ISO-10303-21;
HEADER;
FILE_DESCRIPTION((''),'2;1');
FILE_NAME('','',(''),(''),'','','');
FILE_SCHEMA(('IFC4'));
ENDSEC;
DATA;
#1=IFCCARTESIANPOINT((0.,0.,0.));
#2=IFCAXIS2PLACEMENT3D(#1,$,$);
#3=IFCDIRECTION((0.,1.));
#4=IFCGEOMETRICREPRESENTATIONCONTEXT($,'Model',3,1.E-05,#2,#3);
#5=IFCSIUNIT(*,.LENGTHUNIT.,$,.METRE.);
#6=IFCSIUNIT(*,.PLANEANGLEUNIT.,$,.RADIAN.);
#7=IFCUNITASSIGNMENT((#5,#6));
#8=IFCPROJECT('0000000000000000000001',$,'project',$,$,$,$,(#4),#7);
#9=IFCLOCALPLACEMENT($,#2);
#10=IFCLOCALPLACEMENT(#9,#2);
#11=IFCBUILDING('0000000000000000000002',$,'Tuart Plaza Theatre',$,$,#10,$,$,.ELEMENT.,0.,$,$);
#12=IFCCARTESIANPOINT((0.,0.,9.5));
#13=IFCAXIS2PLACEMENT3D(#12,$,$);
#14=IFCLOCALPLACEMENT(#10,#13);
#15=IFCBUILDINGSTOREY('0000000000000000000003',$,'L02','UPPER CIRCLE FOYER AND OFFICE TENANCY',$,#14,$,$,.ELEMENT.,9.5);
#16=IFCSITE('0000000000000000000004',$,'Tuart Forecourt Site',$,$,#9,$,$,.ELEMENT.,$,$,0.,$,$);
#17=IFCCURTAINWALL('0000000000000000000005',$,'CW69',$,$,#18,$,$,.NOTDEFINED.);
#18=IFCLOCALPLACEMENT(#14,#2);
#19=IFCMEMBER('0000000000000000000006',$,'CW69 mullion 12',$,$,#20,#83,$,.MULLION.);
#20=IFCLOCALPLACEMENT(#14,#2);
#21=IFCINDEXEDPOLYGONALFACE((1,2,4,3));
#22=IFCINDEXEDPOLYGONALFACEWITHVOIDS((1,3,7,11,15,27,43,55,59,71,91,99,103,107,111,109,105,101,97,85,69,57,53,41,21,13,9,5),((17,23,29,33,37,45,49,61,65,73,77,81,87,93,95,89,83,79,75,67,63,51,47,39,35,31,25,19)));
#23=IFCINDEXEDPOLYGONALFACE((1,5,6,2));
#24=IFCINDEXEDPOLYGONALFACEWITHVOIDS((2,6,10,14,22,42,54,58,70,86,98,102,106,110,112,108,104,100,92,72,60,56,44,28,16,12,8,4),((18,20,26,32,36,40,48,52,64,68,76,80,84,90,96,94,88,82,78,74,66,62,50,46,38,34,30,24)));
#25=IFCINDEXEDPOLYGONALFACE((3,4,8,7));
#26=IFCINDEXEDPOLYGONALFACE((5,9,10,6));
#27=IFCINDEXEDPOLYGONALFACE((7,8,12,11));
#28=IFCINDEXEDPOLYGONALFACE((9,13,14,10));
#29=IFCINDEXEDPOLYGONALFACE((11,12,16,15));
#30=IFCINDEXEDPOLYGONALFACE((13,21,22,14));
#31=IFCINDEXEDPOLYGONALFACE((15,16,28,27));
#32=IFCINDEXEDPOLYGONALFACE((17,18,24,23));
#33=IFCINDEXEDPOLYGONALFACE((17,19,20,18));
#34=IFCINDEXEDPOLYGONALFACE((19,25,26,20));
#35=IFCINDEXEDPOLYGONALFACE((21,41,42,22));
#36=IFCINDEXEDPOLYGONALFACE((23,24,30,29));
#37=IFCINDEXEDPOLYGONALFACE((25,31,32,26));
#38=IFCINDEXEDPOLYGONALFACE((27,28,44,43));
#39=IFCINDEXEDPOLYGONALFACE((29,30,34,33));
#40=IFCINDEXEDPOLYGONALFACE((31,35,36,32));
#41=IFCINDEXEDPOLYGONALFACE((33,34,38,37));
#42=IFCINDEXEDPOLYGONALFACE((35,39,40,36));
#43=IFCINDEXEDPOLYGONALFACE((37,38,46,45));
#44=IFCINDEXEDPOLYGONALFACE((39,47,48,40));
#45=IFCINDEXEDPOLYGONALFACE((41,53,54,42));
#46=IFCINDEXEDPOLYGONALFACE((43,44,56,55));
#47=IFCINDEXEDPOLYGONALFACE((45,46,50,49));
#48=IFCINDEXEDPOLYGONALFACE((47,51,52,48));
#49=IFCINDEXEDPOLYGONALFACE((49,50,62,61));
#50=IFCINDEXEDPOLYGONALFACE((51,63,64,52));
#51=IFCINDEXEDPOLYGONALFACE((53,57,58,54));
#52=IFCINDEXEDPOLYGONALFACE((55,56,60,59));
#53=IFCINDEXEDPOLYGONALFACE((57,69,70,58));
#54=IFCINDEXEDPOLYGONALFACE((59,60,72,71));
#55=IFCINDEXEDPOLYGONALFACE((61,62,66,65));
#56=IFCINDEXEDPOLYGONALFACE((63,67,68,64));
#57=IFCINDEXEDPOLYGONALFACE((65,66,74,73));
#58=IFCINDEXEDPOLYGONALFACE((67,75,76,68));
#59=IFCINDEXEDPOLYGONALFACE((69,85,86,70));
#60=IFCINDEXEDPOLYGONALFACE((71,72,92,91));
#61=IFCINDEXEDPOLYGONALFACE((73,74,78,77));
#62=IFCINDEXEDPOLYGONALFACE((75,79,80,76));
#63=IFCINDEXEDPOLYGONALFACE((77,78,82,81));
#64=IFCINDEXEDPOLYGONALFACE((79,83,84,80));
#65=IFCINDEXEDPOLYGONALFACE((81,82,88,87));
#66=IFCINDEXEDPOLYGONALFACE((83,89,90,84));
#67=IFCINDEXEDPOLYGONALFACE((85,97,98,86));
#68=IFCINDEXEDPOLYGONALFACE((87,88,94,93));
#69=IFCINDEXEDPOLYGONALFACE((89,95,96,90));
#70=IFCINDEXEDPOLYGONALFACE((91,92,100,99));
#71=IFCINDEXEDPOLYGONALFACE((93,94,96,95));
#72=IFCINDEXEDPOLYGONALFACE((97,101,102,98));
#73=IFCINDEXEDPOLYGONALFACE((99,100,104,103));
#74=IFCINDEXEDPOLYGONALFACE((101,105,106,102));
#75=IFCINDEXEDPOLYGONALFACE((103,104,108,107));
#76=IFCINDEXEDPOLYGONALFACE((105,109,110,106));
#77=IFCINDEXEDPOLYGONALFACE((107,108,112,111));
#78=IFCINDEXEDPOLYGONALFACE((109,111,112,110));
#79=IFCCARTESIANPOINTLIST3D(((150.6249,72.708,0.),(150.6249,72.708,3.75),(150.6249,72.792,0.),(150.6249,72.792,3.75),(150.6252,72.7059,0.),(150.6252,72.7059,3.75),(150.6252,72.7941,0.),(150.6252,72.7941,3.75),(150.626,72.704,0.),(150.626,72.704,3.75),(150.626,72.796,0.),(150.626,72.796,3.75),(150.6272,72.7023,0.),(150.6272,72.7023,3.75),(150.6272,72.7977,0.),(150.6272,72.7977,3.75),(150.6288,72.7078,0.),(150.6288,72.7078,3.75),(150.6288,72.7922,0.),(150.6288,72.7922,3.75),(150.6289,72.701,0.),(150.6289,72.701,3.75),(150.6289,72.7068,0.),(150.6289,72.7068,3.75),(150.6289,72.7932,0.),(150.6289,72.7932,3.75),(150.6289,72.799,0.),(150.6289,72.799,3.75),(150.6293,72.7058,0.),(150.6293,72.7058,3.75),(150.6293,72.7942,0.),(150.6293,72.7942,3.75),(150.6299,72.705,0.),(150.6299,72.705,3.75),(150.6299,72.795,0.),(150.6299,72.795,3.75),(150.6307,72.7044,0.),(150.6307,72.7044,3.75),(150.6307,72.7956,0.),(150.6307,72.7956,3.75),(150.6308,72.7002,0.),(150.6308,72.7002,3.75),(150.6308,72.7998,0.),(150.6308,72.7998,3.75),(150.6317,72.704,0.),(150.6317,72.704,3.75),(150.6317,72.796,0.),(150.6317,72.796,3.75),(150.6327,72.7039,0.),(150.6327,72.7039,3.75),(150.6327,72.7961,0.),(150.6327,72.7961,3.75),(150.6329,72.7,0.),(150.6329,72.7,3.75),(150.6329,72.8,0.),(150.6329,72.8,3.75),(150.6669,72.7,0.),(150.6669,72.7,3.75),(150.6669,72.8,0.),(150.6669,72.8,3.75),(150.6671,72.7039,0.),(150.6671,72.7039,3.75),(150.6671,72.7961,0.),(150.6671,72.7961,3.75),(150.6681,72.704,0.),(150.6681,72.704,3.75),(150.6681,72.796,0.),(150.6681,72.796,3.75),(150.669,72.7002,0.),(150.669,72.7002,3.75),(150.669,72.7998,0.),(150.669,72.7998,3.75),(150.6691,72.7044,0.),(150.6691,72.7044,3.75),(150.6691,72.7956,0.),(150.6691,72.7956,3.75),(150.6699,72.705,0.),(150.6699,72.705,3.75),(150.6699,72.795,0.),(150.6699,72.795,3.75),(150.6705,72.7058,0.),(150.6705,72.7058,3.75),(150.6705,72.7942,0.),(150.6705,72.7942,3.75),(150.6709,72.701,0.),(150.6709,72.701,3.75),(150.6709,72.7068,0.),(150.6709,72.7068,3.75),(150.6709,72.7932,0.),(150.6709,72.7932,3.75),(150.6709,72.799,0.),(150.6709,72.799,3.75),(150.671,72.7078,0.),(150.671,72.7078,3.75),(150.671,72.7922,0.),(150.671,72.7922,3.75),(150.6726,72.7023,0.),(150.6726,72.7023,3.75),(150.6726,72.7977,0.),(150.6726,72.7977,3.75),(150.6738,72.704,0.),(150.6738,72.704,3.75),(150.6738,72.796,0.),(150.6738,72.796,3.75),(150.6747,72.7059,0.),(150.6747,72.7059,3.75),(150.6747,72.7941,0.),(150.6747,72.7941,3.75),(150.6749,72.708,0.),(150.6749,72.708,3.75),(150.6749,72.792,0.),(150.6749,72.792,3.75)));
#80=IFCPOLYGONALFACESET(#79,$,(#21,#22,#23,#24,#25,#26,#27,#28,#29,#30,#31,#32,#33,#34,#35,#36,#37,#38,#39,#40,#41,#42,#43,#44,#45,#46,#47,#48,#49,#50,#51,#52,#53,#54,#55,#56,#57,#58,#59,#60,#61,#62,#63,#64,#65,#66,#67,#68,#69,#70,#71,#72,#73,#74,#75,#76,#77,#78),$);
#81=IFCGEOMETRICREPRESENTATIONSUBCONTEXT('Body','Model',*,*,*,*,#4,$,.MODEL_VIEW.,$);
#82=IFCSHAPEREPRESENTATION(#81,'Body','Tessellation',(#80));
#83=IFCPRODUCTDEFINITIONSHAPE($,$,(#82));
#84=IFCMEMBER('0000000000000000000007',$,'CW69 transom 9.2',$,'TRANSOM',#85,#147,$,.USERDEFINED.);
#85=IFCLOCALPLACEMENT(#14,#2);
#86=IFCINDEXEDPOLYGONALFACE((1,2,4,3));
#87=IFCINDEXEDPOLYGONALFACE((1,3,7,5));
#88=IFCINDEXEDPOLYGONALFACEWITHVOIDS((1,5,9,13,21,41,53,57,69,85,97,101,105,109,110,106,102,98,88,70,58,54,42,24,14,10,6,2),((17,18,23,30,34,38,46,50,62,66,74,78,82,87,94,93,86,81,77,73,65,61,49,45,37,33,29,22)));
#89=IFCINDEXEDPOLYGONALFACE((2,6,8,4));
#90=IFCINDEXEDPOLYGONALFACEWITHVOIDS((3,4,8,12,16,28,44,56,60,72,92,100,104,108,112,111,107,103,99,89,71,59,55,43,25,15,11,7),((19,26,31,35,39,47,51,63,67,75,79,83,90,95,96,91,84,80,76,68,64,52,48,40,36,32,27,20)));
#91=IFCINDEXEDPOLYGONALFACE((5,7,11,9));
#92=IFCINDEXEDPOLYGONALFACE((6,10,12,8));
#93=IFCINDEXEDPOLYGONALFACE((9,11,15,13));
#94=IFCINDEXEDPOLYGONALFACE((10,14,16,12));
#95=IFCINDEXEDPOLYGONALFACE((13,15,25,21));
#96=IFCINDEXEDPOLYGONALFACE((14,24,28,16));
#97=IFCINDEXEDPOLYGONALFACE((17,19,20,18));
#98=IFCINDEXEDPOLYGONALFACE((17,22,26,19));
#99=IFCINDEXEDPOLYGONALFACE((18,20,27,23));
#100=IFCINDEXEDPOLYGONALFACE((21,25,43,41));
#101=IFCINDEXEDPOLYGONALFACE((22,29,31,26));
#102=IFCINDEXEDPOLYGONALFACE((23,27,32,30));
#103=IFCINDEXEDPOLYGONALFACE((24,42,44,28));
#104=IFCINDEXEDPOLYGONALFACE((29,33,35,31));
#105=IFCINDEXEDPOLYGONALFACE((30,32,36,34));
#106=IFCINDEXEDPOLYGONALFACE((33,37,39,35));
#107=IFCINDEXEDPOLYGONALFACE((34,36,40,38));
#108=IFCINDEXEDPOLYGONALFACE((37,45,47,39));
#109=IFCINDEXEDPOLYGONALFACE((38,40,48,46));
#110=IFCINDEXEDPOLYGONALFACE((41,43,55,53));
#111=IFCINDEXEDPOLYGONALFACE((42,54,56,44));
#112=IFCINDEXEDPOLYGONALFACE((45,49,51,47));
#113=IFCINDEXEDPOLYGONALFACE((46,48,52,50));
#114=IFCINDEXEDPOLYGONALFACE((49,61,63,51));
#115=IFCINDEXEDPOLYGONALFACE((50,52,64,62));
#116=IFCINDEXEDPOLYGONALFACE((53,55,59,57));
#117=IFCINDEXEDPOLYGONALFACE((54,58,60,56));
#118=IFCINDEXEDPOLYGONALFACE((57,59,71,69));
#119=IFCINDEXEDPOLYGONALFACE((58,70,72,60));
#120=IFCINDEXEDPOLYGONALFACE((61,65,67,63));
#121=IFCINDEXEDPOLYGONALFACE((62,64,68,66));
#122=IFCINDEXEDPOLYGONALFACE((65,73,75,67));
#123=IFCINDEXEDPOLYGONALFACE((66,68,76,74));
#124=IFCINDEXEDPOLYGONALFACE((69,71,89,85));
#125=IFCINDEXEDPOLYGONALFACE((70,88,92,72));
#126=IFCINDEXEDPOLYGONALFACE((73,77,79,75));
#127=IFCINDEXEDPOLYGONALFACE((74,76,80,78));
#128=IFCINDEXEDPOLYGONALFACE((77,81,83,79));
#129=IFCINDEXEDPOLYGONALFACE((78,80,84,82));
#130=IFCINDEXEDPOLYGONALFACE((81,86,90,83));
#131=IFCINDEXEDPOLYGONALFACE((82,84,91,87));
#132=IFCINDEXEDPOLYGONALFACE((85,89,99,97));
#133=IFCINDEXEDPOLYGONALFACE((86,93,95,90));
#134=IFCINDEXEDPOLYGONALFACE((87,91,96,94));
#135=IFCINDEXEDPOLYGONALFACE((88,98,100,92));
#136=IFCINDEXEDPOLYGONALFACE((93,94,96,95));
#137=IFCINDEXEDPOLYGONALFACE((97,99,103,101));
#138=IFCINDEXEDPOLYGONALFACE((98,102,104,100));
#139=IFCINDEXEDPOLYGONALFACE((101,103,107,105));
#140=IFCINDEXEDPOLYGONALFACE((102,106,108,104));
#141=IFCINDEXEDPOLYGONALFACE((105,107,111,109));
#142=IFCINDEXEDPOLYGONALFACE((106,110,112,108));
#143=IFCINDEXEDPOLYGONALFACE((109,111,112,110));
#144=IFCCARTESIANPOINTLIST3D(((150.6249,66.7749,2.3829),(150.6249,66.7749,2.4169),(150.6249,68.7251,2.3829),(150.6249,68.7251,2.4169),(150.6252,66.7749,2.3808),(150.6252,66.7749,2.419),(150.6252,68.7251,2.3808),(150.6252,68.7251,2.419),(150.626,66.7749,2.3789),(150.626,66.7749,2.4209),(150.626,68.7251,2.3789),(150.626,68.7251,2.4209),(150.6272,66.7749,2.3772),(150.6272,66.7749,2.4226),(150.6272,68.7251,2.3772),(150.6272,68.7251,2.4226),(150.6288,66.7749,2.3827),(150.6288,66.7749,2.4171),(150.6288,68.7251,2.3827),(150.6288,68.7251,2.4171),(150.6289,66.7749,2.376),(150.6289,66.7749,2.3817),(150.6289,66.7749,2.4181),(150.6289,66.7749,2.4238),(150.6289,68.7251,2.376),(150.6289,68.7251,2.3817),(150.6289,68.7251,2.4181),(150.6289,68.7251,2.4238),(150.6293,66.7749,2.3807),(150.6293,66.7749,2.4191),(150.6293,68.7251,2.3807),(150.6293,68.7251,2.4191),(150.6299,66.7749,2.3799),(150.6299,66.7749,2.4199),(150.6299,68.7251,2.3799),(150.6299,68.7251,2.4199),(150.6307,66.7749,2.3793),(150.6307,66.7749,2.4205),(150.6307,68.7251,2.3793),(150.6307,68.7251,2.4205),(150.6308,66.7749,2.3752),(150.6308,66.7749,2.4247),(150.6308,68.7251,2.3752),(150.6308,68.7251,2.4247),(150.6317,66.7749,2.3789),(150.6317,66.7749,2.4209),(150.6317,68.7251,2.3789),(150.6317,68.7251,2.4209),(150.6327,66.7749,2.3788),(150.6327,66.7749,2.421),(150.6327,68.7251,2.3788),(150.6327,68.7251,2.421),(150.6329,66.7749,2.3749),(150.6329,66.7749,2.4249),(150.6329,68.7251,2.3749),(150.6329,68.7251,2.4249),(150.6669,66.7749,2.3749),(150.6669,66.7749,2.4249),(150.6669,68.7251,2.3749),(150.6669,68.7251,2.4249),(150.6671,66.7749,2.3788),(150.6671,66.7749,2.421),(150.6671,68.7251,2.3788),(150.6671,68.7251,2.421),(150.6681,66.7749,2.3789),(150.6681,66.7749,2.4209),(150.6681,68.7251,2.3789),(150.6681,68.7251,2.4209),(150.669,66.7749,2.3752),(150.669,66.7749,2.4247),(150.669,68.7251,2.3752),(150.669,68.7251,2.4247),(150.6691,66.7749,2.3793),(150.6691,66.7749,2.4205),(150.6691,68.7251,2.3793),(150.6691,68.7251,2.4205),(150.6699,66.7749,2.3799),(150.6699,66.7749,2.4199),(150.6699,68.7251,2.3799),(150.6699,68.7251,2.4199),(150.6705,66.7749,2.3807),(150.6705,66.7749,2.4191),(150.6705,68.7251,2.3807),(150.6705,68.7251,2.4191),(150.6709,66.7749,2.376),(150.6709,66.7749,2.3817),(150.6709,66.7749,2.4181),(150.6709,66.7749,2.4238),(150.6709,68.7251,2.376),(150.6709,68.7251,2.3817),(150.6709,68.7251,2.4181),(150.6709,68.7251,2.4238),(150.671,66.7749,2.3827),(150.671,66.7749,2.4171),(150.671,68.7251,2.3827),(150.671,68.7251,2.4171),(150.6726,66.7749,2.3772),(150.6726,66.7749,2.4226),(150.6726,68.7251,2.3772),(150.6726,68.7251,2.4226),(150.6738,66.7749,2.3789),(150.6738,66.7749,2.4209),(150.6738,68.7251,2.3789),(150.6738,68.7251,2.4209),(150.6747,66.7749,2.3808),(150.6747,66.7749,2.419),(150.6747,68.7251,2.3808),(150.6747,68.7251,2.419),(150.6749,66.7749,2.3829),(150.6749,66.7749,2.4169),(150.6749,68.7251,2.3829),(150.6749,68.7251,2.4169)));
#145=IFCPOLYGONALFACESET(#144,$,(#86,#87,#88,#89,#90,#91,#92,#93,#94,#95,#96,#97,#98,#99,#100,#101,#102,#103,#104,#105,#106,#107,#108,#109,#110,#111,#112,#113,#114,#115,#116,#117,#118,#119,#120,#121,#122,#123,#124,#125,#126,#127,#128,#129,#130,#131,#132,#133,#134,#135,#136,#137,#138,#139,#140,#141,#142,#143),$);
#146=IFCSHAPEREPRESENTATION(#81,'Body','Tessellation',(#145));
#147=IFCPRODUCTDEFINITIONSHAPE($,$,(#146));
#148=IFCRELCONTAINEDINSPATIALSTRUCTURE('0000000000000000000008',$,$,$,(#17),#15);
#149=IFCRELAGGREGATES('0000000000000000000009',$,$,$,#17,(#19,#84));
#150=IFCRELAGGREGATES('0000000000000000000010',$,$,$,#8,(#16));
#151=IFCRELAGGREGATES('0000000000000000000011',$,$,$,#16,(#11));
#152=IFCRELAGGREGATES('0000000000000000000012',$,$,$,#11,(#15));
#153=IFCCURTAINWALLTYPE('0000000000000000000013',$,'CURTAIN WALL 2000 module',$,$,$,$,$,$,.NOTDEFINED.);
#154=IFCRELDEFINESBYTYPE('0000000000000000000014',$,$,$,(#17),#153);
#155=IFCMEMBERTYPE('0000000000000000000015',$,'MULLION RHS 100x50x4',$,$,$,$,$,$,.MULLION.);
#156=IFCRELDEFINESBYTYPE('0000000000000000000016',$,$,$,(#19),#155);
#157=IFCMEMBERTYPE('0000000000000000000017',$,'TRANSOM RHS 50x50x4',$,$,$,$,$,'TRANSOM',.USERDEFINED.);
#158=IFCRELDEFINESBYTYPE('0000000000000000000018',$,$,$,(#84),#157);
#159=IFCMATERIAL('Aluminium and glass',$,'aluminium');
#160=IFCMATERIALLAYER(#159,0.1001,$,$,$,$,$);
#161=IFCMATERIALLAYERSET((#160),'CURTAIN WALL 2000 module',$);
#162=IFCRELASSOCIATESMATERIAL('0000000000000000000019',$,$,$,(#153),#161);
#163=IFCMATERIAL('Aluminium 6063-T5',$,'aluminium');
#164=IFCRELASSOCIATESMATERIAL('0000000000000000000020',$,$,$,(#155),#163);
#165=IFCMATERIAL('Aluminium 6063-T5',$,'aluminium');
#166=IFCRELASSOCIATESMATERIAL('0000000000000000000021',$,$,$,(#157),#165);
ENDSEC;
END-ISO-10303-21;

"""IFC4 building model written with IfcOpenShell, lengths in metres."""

from ifc_helpers import new_model, si_unit, direction, frame, origin, origin_2d, place, context, subcontext, project, spatial, hollow_rectangle, extrude, material, layer, layer_set, material_profile, profile_set, type_object, element, aggregate, save


model = new_model("IFC4")

# Units and contexts
model_context = context("Model", 3, precision=1e-05, world=origin(), true_north=direction((0.0, 1.0)))
body_context = subcontext(model_context, "Body", "Model", "MODEL_VIEW")
ifc_project = project(units=[si_unit("LENGTHUNIT", "METRE"), si_unit("PLANEANGLEUNIT", "RADIAN")], contexts=[model_context])

# Site, building, storey
site_placement = place(None, origin())
site = spatial("IfcSite", under=ifc_project, at=site_placement, Name="Tuart Forecourt Site", CompositionType="ELEMENT", RefElevation=0.0)
building_placement = place(site_placement, origin())
building = spatial("IfcBuilding", under=site, at=building_placement, Name="Tuart Plaza Theatre", CompositionType="ELEMENT", ElevationOfRefHeight=0.0)
storey_placement = place(building_placement, frame((0.0, 0.0, 9.5)))
storey = spatial("IfcBuildingStorey", under=building, at=storey_placement, Name="L02", Description="UPPER CIRCLE FOYER AND OFFICE TENANCY", CompositionType="ELEMENT", Elevation=9.5)

# Curtain wall, members
ifc_material_1 = material(Name="Aluminium and glass", Category="aluminium")
ifc_layer_1 = layer(ifc_material_1, 0.1001)
ifc_layer_set_1 = layer_set([ifc_layer_1], Name="CURTAIN WALL 2000 module")
curtain_wall_type = type_object("IfcCurtainWallType", Name="CURTAIN WALL 2000 module", PredefinedType="NOTDEFINED", material=ifc_layer_set_1)
curtain_wall_placement = place(storey_placement, origin())
curtain_wall = element("IfcCurtainWall", 1, at=curtain_wall_placement, inside=storey, type_object=curtain_wall_type, Name="CW69", PredefinedType="NOTDEFINED")
ifc_material_2 = material(Name="Aluminium 6063-T5", Category="aluminium")
ifc_material_profile_1 = material_profile(ifc_material_2, hollow_rectangle(XDim=0.05, YDim=0.1001, WallThickness=0.0039, InnerFilletRadius=0.0039, OuterFilletRadius=0.0081, at=origin_2d()), Name="RHS 100x50x4")
ifc_profile_set_1 = profile_set([ifc_material_profile_1], Name="Aluminium 6063-T5")
member_type_1 = type_object("IfcMemberType", Name="MULLION RHS 100x50x4", PredefinedType="MULLION", material=ifc_profile_set_1)
member_1_placement = place(storey_placement, frame((150.6499, 72.75, 0.0), z_axis=(0.0, 0.0, 1.0), x_axis=(-1.0, 0.0, 0.0)))
member_1 = element("IfcMember", 2, at=member_1_placement, type_object=member_type_1, Name="CW69 mullion 12", PredefinedType="MULLION", context=body_context, shape_type="SweptSolid", body=[
    extrude(hollow_rectangle(XDim=0.05, YDim=0.1001, WallThickness=0.0039, InnerFilletRadius=0.0039, OuterFilletRadius=0.0081, at=origin_2d()), origin(), (0.0, 0.0, 1.0), 3.75),
])
ifc_material_3 = material(Name="Aluminium 6063-T5", Category="aluminium")
ifc_material_profile_2 = material_profile(ifc_material_3, hollow_rectangle(XDim=0.05, YDim=0.05, WallThickness=0.0039, InnerFilletRadius=0.0039, OuterFilletRadius=0.0081, at=origin_2d()), Name="RHS 50x50x4")
ifc_profile_set_2 = profile_set([ifc_material_profile_2], Name="Aluminium 6063-T5")
member_type_2 = type_object("IfcMemberType", Name="TRANSOM RHS 50x50x4", ElementType="TRANSOM", PredefinedType="USERDEFINED", material=ifc_profile_set_2)
member_2_placement = place(storey_placement, frame((150.6499, 66.7749, 2.3999), z_axis=(0.0, 1.0, 0.0), x_axis=(-1.0, 0.0, 0.0)))
member_2 = element("IfcMember", 3, at=member_2_placement, type_object=member_type_2, Name="CW69 transom 9.2", ObjectType="TRANSOM", PredefinedType="USERDEFINED", context=body_context, shape_type="SweptSolid", body=[
    extrude(hollow_rectangle(XDim=0.05, YDim=0.05, WallThickness=0.0039, InnerFilletRadius=0.0039, OuterFilletRadius=0.0081, at=origin_2d()), origin(), (0.0, 0.0, 1.0), 1.9502),
])
aggregate(curtain_wall, [member_1, member_2])

save(model, "model.ifc")
